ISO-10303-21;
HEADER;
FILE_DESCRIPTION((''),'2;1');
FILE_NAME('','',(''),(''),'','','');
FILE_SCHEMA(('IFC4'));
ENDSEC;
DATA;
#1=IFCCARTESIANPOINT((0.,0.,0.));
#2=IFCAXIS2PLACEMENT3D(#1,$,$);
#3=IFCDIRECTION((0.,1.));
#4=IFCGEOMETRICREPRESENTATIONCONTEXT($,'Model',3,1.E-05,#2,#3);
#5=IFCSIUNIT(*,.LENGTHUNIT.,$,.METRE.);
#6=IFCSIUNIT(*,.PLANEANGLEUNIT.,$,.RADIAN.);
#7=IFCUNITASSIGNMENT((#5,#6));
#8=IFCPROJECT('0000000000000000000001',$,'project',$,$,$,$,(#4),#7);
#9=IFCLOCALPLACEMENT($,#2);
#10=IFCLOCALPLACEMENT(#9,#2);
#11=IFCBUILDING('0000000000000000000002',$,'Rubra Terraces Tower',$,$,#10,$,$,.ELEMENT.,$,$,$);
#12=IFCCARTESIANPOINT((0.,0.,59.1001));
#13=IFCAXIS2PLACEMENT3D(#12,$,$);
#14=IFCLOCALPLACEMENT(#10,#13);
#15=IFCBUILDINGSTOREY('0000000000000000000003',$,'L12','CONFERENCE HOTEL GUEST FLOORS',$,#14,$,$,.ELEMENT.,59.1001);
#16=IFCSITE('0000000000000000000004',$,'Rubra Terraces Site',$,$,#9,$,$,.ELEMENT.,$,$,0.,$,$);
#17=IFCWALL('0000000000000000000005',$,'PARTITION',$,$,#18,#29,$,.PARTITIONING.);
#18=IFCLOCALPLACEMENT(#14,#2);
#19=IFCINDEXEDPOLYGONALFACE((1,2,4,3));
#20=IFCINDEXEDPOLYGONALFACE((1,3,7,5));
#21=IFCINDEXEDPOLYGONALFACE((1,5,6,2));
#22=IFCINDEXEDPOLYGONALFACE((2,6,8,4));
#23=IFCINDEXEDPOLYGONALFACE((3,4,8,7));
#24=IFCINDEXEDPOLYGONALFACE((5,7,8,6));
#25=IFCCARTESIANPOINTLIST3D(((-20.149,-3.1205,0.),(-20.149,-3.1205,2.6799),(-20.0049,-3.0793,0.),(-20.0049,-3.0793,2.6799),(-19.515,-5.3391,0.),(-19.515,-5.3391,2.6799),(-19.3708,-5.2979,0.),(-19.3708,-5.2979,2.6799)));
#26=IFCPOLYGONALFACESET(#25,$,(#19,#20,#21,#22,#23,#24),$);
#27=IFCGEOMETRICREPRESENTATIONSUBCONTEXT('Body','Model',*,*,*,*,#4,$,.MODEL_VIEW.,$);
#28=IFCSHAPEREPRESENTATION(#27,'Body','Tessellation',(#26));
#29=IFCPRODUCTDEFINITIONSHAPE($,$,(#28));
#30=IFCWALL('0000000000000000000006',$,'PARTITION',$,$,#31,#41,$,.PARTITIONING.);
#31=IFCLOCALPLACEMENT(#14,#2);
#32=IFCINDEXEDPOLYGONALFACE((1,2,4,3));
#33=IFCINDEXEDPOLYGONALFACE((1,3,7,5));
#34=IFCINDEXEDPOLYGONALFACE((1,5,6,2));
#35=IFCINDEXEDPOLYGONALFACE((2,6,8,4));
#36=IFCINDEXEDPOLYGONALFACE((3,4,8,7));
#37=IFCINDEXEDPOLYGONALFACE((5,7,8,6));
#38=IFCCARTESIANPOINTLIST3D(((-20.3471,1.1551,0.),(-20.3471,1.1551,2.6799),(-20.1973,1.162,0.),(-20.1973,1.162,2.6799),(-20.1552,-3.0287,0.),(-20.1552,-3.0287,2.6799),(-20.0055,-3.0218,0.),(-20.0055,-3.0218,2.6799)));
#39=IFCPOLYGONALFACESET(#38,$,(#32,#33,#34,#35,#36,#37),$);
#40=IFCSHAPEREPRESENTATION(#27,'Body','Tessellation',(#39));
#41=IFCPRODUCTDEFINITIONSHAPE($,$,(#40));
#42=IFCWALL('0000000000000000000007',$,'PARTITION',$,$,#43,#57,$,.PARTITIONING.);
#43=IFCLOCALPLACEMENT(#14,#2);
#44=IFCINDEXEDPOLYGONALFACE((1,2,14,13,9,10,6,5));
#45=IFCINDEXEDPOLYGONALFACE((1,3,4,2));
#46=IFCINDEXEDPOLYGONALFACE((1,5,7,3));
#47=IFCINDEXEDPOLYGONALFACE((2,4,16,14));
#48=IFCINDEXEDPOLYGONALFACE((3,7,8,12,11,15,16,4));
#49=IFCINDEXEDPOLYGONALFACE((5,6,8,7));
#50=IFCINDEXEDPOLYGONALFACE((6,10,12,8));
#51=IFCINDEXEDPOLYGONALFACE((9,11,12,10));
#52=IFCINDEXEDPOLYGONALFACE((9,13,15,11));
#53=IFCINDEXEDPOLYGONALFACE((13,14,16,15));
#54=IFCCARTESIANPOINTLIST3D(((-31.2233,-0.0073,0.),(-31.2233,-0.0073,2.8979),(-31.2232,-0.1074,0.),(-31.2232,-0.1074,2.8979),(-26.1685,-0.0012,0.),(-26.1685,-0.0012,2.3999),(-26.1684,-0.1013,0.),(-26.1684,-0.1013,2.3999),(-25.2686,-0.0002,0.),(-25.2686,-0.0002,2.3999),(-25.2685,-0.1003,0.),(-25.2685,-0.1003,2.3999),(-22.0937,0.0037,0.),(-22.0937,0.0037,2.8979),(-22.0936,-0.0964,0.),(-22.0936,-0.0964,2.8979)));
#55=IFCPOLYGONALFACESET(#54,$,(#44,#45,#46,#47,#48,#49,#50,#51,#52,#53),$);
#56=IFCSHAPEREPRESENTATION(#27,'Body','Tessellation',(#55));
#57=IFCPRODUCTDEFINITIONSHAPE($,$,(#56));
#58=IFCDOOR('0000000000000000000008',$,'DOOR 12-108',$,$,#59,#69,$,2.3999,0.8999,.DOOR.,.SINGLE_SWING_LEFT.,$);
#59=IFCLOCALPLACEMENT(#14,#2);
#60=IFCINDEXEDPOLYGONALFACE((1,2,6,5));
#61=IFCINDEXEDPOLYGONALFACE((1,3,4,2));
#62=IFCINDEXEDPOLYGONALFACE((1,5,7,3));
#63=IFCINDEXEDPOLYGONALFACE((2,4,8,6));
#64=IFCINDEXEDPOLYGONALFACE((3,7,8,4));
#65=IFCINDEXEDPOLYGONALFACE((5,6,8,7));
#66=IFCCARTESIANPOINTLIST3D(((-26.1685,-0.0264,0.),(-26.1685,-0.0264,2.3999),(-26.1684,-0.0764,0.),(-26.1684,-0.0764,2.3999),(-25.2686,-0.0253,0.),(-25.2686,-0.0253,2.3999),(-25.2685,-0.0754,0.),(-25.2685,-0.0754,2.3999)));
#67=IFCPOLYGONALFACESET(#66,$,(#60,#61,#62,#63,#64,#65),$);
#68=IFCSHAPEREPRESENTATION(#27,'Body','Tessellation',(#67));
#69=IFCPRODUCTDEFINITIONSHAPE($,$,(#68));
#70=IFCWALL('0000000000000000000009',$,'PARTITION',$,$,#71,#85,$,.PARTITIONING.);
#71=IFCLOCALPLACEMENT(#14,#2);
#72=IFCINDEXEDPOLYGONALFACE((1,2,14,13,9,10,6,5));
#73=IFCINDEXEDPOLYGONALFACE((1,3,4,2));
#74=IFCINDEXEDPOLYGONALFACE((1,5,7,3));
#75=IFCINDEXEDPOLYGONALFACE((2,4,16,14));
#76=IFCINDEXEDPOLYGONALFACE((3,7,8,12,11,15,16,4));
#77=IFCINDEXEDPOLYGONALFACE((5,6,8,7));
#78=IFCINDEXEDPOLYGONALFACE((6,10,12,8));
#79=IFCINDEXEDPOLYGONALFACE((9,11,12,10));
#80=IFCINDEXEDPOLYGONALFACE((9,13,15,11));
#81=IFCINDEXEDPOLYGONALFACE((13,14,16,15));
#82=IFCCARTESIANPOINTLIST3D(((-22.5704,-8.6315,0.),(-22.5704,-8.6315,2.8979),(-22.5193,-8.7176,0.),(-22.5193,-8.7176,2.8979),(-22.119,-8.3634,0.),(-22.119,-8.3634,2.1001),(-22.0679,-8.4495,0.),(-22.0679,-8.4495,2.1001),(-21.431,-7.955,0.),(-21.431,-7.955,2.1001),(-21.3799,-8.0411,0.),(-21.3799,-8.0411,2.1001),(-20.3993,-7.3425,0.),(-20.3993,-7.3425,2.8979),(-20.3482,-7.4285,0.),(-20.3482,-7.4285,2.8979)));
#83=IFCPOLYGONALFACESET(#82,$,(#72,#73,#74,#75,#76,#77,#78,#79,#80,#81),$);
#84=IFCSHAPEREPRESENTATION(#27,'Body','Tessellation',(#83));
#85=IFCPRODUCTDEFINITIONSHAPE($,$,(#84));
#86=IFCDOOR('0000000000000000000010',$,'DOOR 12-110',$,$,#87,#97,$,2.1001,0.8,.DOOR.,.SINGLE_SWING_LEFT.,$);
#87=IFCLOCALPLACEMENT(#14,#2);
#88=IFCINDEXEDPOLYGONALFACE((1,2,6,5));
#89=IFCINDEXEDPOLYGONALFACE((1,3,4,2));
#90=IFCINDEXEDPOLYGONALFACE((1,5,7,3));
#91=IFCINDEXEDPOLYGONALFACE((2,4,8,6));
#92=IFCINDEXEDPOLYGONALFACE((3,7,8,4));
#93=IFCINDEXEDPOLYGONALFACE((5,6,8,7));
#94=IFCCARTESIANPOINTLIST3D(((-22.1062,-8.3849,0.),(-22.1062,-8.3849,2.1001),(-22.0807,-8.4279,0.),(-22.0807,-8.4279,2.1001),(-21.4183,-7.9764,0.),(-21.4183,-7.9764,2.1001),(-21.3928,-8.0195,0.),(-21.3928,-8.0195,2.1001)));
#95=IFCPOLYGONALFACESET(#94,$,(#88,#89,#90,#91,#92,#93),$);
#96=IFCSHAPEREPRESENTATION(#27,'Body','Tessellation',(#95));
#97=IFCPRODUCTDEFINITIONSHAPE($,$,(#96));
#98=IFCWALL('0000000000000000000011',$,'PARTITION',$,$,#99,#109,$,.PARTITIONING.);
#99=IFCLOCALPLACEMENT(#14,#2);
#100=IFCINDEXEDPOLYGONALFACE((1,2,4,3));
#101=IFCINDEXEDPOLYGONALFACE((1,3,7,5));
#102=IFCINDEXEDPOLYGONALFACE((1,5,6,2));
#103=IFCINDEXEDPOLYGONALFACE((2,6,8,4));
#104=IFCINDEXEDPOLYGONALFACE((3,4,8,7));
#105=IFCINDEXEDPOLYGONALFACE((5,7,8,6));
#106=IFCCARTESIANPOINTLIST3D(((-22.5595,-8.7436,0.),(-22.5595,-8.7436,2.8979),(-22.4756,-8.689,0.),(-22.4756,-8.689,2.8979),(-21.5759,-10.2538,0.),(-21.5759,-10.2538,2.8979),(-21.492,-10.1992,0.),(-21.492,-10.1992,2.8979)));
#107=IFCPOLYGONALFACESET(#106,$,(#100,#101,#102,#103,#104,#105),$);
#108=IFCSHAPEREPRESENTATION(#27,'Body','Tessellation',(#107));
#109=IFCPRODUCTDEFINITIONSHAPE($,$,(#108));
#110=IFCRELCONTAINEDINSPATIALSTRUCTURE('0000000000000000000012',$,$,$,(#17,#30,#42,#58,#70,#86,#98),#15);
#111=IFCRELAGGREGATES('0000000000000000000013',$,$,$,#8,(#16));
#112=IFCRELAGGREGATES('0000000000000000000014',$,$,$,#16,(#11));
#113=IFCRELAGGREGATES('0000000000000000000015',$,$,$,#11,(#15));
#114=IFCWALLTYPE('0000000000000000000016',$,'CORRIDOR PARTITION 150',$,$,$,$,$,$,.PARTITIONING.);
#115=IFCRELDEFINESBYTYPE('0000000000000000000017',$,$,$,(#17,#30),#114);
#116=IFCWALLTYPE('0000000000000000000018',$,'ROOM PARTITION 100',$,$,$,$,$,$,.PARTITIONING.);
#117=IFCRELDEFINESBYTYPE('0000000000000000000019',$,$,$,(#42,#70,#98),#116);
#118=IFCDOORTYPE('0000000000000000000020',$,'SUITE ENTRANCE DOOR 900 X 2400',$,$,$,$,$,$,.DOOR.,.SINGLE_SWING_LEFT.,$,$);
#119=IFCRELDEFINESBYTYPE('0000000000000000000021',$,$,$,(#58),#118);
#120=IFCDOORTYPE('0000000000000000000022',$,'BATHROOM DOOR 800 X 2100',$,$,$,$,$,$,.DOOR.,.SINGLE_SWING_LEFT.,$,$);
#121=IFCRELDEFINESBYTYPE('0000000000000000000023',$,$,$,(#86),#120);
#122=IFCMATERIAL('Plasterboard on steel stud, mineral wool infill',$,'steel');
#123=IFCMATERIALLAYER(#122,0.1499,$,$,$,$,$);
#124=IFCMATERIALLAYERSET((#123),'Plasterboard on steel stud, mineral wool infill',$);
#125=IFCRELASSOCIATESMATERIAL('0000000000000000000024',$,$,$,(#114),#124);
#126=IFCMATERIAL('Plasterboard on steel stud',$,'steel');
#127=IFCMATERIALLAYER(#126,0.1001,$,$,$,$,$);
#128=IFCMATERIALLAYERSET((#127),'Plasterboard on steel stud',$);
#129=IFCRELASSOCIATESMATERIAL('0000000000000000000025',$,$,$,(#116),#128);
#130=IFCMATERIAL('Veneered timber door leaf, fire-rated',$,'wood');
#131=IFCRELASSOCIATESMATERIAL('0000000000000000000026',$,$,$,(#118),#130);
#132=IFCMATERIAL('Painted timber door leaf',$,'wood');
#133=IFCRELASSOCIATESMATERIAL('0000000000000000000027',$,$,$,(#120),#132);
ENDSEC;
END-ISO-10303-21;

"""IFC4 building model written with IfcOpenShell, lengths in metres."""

from ifc_helpers import new_model, si_unit, direction, frame, frame_2d, origin, place, context, subcontext, project, spatial, rectangle, extrude, material, layer, layer_set, type_object, element, fill, save


model = new_model("IFC4")

# Units and contexts
model_context = context("Model", 3, precision=1e-05, world=origin(), true_north=direction((0.0, 1.0)))
body_context = subcontext(model_context, "Body", "Model", "MODEL_VIEW")
ifc_project = project(units=[si_unit("LENGTHUNIT", "METRE"), si_unit("PLANEANGLEUNIT", "RADIAN")], contexts=[model_context])

# Site, building, storey
site_placement = place(None, origin())
site = spatial("IfcSite", under=ifc_project, at=site_placement, Name="Rubra Terraces Site", CompositionType="ELEMENT", RefElevation=0.0)
building_placement = place(site_placement, origin())
building = spatial("IfcBuilding", under=site, at=building_placement, Name="Rubra Terraces Tower", CompositionType="ELEMENT")
storey_placement = place(building_placement, frame((0.0, 0.0, 59.1001)))
storey = spatial("IfcBuildingStorey", under=building, at=storey_placement, Name="L12", Description="CONFERENCE HOTEL GUEST FLOORS", CompositionType="ELEMENT", Elevation=59.1001)

# Shared definitions
ifc_material_1 = material(Name="Plasterboard on steel stud, mineral wool infill", Category="steel")
ifc_layer_1 = layer(ifc_material_1, 0.1499)
ifc_layer_set_1 = layer_set([ifc_layer_1], Name="Plasterboard on steel stud, mineral wool infill")
wall_type_1 = type_object("IfcWallType", Name="CORRIDOR PARTITION 150", PredefinedType="PARTITIONING", material=ifc_layer_set_1)
ifc_material_2 = material(Name="Painted timber door leaf", Category="wood")

# Walls
wall_1_placement = place(storey_placement, frame((-19.4429, -5.3186, 0.0), z_axis=(0.0, 0.0, 1.0), x_axis=(-0.274791, 0.961504, 0.0)))
element("IfcWall", 1, at=wall_1_placement, inside=storey, type_object=wall_type_1, Name="PARTITION", PredefinedType="PARTITIONING", context=body_context, shape_type="SweptSolid", body=[
    extrude(rectangle(XDim=2.3074, YDim=0.1499, at=frame_2d((1.1538, 0.0))), origin(), (0.0, 0.0, 1.0), 2.6799),
])
wall_2_placement = place(storey_placement, frame((-20.0803, -3.0254, 0.0), z_axis=(0.0, 0.0, 1.0), x_axis=(-0.045818, 0.99895, 0.0)))
element("IfcWall", 2, at=wall_2_placement, inside=storey, type_object=wall_type_1, Name="PARTITION", PredefinedType="PARTITIONING", context=body_context, shape_type="SweptSolid", body=[
    extrude(rectangle(XDim=4.1882, YDim=0.1499, at=frame_2d((2.0942, 0.0))), origin(), (0.0, 0.0, 1.0), 2.6799),
])

# Walls, openings, doors
ifc_material_3 = material(Name="Plasterboard on steel stud", Category="steel")
ifc_layer_2 = layer(ifc_material_3, 0.1001)
ifc_layer_set_2 = layer_set([ifc_layer_2], Name="Plasterboard on steel stud")
wall_type_2 = type_object("IfcWallType", Name="ROOM PARTITION 100", PredefinedType="PARTITIONING", material=ifc_layer_set_2)
wall_3_placement = place(storey_placement, frame((-31.2234, -0.0574, 0.0), z_axis=(0.0, 0.0, 1.0), x_axis=(0.999999, 0.001203, 0.0)))
wall_3 = element("IfcWall", 3, at=wall_3_placement, inside=storey, type_object=wall_type_2, Name="PARTITION", PredefinedType="PARTITIONING", context=body_context, shape_type="SweptSolid", body=[
    extrude(rectangle(XDim=9.1296, YDim=0.1001, at=frame_2d((4.5649, 0.0))), origin(), (0.0, 0.0, 1.0), 2.8979),
])
opening_1_placement = place(wall_3_placement, frame((5.0549, 0.0, 0.0)))
opening_1 = element("IfcOpeningElement", 4, at=opening_1_placement, cuts=wall_3, PredefinedType="OPENING", context=body_context, shape_type="SweptSolid", body=[
    extrude(rectangle(XDim=0.8999, YDim=2.3999, at=frame_2d((0.45, 1.2))), frame((0.0, 0.0601, 0.0), z_axis=(0.0, -1.0, 0.0), x_axis=(1.0, 0.0, 0.0)), (0.0, 0.0, 1.0), 0.1201),
])
ifc_material_4 = material(Name="Veneered timber door leaf, fire-rated", Category="wood")
door_type_1 = type_object("IfcDoorType", Name="SUITE ENTRANCE DOOR 900 X 2400", OperationType="SINGLE_SWING_LEFT", PredefinedType="DOOR", material=ifc_material_4)
door_1_placement = place(opening_1_placement, origin())
door_1 = element("IfcDoor", 5, at=door_1_placement, inside=storey, type_object=door_type_1, Name="DOOR 12-108", OperationType="SINGLE_SWING_LEFT", OverallHeight=2.3999, OverallWidth=0.8999, PredefinedType="DOOR", context=body_context, shape_type="SweptSolid", body=[
    extrude(rectangle(XDim=0.8999, YDim=2.3999, at=frame_2d((0.45, 1.2))), frame((0.0, 0.0249, 0.0), z_axis=(0.0, -1.0, 0.0), x_axis=(1.0, 0.0, 0.0)), (0.0, 0.0, 1.0), 0.05),
])
fill(opening_1, door_1)
wall_4_placement = place(storey_placement, frame((-20.3738, -7.3855, 0.0), z_axis=(0.0, 0.0, 1.0), x_axis=(-0.859864, -0.510523, 0.0)))
wall_4 = element("IfcWall", 6, at=wall_4_placement, inside=storey, type_object=wall_type_2, Name="PARTITION", PredefinedType="PARTITIONING", context=body_context, shape_type="SweptSolid", body=[
    extrude(rectangle(XDim=2.5249, YDim=0.1001, at=frame_2d((1.2625, 0.0))), origin(), (0.0, 0.0, 1.0), 2.8979),
])
opening_2_placement = place(wall_4_placement, frame((1.2, 0.0, 0.0)))
opening_2 = element("IfcOpeningElement", 7, at=opening_2_placement, cuts=wall_4, PredefinedType="OPENING", context=body_context, shape_type="SweptSolid", body=[
    extrude(rectangle(XDim=0.8, YDim=2.1001, at=frame_2d((0.3999, 1.05))), frame((0.0, 0.0601, 0.0), z_axis=(0.0, -1.0, 0.0), x_axis=(1.0, 0.0, 0.0)), (0.0, 0.0, 1.0), 0.1201),
])
door_type_2 = type_object("IfcDoorType", Name="BATHROOM DOOR 800 X 2100", OperationType="SINGLE_SWING_LEFT", PredefinedType="DOOR", material=ifc_material_2)
door_2_placement = place(opening_2_placement, origin())
door_2 = element("IfcDoor", 8, at=door_2_placement, inside=storey, type_object=door_type_2, Name="DOOR 12-110", OperationType="SINGLE_SWING_LEFT", OverallHeight=2.1001, OverallWidth=0.8, PredefinedType="DOOR", context=body_context, shape_type="SweptSolid", body=[
    extrude(rectangle(XDim=0.8, YDim=2.1001, at=frame_2d((0.3999, 1.05))), frame((0.0, 0.0249, 0.0), z_axis=(0.0, -1.0, 0.0), x_axis=(1.0, 0.0, 0.0)), (0.0, 0.0, 1.0), 0.05),
])
fill(opening_2, door_2)

# Wall
wall_5_placement = place(storey_placement, frame((-22.5176, -8.7163, 0.0), z_axis=(0.0, 0.0, 1.0), x_axis=(0.545759, -0.837942, 0.0)))
element("IfcWall", 9, at=wall_5_placement, inside=storey, type_object=wall_type_2, Name="PARTITION", PredefinedType="PARTITIONING", context=body_context, shape_type="SweptSolid", body=[
    extrude(rectangle(XDim=1.8022, YDim=0.1001, at=frame_2d((0.9011, 0.0))), origin(), (0.0, 0.0, 1.0), 2.8979),
])

save(model, "model.ifc")
